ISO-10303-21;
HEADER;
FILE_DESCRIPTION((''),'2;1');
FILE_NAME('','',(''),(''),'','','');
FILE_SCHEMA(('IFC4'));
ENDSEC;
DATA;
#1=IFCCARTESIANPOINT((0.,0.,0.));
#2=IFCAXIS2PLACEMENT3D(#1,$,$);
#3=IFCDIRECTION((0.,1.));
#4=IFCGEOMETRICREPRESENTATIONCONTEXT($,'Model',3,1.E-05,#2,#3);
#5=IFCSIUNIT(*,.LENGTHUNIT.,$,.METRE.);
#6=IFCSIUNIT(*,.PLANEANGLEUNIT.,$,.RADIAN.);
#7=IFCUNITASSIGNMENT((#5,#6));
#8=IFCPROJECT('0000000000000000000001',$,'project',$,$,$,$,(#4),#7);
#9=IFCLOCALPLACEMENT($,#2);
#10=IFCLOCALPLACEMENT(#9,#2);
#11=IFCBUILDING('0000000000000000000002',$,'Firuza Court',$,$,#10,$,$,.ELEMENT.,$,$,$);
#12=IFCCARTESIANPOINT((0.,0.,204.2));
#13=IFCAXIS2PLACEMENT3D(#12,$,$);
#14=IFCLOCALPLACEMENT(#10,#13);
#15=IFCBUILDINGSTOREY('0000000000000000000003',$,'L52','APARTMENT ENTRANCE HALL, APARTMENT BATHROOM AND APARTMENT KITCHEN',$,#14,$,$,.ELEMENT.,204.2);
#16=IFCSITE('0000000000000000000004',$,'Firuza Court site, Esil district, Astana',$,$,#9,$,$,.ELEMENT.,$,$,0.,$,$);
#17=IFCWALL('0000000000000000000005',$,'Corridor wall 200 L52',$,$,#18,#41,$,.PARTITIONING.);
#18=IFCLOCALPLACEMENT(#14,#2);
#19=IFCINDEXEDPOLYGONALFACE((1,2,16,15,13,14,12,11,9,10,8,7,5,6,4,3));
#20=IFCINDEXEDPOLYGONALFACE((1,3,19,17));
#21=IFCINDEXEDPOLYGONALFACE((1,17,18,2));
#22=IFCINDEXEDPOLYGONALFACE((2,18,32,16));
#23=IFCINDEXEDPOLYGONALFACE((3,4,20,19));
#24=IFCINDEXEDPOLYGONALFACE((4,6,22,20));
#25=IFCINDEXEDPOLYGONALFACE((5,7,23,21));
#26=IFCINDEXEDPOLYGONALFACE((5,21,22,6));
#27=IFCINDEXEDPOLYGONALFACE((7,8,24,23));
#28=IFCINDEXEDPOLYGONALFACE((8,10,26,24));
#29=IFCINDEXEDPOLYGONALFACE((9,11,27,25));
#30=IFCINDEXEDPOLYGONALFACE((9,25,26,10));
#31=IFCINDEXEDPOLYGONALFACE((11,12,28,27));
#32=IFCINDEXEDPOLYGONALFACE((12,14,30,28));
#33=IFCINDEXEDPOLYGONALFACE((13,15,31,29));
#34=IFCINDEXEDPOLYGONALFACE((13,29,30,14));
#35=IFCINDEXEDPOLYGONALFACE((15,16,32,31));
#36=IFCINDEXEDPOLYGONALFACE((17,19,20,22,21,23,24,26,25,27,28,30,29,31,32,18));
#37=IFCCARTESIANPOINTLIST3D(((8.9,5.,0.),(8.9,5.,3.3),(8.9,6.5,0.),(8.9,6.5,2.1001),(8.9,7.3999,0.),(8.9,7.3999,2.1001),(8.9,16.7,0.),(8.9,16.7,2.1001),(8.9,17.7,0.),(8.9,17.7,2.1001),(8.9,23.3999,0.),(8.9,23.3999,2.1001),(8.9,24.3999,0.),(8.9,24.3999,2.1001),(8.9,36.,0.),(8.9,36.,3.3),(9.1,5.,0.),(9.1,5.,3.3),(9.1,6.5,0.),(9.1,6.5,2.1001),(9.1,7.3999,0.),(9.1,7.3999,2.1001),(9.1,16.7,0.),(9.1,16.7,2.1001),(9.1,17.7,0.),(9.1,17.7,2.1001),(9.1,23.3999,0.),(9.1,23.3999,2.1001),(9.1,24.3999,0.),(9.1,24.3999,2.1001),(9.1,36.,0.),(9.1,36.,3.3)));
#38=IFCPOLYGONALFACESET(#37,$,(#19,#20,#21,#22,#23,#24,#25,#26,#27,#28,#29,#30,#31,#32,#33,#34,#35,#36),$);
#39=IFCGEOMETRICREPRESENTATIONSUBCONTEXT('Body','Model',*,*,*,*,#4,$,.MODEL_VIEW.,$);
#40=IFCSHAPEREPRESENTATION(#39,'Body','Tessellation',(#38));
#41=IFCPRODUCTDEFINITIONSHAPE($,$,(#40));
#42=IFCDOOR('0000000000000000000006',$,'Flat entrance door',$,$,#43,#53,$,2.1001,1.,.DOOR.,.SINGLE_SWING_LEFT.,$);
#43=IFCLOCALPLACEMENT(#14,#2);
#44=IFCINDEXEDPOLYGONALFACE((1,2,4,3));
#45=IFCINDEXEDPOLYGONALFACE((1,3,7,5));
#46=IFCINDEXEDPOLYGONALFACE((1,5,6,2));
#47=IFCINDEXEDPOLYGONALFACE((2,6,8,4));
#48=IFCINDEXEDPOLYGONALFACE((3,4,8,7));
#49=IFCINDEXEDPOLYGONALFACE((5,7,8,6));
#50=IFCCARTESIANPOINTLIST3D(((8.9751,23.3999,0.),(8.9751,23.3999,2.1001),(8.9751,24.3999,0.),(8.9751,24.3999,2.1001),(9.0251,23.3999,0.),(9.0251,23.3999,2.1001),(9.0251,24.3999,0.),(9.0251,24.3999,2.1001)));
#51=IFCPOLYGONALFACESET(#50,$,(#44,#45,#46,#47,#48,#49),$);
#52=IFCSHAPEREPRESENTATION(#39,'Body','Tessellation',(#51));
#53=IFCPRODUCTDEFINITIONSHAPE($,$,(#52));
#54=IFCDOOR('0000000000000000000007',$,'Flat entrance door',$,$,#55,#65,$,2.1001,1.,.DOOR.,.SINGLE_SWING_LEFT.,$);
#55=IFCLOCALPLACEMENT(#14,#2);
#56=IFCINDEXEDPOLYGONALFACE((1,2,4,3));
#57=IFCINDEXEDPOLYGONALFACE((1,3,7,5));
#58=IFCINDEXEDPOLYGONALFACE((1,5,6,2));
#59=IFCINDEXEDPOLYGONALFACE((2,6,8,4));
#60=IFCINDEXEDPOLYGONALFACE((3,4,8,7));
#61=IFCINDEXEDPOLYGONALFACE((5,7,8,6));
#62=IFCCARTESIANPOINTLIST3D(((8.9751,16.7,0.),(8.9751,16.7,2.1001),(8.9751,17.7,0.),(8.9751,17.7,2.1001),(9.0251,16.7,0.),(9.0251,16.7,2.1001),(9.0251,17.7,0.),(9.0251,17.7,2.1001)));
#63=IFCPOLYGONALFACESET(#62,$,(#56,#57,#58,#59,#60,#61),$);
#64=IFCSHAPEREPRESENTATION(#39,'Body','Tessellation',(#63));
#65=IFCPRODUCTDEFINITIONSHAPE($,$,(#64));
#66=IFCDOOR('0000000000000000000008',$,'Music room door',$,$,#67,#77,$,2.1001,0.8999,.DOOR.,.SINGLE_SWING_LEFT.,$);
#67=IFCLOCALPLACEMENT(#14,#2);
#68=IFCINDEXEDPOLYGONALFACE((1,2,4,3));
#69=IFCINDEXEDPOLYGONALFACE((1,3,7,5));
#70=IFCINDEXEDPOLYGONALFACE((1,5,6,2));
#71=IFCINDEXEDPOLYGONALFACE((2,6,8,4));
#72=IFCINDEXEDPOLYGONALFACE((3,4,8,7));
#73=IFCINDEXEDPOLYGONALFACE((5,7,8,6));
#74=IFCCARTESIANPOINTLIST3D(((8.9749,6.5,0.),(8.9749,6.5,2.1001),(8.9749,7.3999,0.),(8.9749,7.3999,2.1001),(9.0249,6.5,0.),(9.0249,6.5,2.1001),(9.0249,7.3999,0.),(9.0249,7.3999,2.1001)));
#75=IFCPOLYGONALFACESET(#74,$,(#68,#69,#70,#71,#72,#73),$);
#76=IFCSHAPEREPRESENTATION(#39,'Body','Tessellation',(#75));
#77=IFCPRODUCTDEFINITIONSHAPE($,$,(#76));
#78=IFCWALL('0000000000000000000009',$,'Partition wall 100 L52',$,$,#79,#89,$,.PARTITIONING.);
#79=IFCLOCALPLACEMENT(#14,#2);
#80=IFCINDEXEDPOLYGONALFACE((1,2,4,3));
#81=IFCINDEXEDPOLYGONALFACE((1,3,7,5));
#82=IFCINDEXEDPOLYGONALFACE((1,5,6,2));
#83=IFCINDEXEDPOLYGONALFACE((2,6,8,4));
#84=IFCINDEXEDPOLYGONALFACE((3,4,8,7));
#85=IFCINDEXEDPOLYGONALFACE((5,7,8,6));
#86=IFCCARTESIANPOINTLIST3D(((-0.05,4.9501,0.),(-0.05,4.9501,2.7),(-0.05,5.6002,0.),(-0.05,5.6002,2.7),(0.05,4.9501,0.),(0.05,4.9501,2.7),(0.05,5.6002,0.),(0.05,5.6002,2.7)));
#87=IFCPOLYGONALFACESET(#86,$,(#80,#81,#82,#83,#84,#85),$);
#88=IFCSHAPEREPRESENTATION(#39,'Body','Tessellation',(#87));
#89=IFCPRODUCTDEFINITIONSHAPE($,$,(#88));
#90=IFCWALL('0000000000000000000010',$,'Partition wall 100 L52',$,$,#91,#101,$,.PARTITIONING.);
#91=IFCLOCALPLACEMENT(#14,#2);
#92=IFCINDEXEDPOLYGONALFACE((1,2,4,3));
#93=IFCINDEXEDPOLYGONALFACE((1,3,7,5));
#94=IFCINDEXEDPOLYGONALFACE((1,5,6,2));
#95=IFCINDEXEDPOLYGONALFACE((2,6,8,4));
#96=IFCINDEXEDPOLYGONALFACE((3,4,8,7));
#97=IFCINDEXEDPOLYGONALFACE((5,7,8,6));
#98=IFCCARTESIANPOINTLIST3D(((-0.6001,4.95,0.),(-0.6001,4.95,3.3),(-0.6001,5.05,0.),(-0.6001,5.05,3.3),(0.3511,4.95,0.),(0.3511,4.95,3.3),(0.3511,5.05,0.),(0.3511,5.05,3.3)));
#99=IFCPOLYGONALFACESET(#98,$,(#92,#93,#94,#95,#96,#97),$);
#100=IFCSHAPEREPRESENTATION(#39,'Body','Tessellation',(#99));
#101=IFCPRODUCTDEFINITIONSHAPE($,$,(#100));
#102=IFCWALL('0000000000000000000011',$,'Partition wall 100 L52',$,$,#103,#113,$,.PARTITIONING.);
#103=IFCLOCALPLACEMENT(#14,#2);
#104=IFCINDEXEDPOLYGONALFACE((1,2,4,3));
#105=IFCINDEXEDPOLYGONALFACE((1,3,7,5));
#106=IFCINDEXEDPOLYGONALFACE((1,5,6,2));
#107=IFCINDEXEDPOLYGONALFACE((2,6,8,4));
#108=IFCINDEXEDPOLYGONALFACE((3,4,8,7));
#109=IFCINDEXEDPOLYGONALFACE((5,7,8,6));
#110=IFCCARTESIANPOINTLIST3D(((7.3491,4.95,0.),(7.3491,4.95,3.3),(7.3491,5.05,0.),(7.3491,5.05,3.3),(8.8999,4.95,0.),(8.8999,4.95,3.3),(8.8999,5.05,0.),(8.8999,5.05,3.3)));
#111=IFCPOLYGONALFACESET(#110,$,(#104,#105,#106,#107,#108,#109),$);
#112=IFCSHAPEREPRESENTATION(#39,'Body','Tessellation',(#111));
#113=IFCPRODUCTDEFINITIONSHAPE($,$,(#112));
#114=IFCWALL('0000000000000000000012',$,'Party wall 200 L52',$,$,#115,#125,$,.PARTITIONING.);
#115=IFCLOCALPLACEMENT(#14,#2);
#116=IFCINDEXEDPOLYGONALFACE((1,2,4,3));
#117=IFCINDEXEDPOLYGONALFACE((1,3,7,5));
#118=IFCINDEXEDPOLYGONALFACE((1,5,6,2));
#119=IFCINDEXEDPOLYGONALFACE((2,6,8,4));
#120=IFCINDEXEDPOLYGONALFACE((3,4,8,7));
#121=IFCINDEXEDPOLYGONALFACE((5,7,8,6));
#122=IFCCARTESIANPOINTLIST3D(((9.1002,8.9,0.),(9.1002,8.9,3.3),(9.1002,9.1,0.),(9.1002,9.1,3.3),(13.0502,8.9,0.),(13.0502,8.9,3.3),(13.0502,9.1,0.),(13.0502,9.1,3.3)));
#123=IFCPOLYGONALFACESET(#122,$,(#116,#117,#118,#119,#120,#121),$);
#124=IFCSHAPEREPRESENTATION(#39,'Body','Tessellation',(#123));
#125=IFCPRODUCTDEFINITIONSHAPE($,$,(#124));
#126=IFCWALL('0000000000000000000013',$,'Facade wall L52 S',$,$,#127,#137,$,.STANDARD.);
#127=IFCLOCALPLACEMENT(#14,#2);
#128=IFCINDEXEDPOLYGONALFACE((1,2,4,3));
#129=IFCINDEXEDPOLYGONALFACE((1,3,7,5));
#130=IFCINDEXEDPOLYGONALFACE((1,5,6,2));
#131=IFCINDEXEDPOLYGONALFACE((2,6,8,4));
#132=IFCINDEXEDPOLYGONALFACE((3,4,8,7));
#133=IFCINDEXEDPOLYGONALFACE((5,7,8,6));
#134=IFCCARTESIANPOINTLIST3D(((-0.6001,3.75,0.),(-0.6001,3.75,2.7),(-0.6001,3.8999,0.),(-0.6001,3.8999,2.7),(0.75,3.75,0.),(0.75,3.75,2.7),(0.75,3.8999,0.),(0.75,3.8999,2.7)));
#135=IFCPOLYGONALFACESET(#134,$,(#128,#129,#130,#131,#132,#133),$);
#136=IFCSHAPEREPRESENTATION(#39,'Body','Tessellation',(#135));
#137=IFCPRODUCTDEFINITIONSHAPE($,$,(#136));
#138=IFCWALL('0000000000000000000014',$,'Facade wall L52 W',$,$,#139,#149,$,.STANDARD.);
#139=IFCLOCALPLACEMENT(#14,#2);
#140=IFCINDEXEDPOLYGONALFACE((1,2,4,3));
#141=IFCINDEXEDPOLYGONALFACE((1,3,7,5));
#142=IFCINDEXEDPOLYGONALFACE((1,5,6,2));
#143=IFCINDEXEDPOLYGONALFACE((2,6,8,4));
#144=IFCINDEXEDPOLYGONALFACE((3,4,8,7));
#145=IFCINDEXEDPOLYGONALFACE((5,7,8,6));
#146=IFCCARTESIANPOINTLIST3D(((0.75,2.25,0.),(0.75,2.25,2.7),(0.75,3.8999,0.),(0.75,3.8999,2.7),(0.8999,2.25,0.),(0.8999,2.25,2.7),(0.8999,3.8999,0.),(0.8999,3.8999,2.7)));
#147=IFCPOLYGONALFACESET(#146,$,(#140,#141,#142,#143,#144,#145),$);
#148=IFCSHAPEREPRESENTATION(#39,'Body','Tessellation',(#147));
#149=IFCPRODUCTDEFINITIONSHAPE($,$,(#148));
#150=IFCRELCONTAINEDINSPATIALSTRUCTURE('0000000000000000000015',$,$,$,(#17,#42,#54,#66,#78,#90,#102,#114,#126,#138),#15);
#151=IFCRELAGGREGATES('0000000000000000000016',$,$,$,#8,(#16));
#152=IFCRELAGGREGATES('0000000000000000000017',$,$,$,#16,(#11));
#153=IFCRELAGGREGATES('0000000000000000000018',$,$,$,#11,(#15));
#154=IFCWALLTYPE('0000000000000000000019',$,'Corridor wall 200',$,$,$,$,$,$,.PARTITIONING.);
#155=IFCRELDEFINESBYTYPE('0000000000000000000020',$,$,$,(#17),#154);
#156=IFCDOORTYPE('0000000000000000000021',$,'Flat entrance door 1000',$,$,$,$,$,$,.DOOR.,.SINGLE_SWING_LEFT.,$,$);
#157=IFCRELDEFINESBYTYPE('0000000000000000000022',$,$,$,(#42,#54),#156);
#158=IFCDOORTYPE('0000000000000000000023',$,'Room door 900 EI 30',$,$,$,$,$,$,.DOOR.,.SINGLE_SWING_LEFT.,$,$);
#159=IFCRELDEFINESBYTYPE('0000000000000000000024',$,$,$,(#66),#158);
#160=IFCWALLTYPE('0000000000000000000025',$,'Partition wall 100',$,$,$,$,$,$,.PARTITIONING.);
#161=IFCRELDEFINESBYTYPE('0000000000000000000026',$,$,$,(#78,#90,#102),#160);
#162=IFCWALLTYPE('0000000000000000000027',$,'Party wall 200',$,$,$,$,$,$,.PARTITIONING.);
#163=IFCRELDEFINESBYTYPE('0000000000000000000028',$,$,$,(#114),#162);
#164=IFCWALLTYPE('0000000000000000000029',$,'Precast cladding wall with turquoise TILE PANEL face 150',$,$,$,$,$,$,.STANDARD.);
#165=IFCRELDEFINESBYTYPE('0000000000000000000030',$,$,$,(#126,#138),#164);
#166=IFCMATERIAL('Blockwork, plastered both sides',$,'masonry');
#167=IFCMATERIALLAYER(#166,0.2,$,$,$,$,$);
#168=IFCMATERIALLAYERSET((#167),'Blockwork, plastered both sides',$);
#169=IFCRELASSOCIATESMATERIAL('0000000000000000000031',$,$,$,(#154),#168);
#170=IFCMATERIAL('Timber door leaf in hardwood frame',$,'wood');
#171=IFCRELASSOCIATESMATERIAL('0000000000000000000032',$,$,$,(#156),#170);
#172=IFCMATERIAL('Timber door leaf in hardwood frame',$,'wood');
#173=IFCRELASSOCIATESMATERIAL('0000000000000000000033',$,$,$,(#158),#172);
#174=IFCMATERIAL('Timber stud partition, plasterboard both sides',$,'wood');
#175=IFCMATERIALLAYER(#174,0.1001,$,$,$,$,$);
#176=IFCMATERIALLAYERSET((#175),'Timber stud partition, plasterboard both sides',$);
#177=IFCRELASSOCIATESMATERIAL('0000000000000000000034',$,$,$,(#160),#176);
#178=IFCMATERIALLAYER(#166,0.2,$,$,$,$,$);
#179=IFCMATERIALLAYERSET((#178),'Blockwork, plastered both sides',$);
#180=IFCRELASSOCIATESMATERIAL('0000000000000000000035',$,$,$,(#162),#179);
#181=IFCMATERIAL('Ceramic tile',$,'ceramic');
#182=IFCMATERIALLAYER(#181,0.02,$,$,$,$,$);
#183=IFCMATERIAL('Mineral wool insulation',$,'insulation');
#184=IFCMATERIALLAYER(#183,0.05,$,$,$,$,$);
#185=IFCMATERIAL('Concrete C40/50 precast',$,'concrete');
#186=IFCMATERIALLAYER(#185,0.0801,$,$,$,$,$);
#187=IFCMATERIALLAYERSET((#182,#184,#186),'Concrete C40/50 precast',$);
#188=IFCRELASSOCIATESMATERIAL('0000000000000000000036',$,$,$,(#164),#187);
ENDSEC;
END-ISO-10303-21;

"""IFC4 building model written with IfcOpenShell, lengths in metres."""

from ifc_helpers import new_model, si_unit, direction, frame, frame_2d, origin, place, context, subcontext, project, spatial, rectangle, extrude, material, layer, layer_set, type_object, element, fill, save


model = new_model("IFC4")

# Units and contexts
model_context = context("Model", 3, precision=1e-05, world=origin(), true_north=direction((0.0, 1.0)))
body_context = subcontext(model_context, "Body", "Model", "MODEL_VIEW")
ifc_project = project(units=[si_unit("LENGTHUNIT", "METRE"), si_unit("PLANEANGLEUNIT", "RADIAN")], contexts=[model_context])

# Site, building, storey
site_placement = place(None, origin())
site = spatial("IfcSite", under=ifc_project, at=site_placement, Name="Firuza Court site, Esil district, Astana", CompositionType="ELEMENT", RefElevation=0.0)
building_placement = place(site_placement, origin())
building = spatial("IfcBuilding", under=site, at=building_placement, Name="Firuza Court", CompositionType="ELEMENT")
storey_placement = place(building_placement, frame((0.0, 0.0, 204.2)))
storey = spatial("IfcBuildingStorey", under=building, at=storey_placement, Name="L52", Description="APARTMENT ENTRANCE HALL, APARTMENT BATHROOM AND APARTMENT KITCHEN", CompositionType="ELEMENT", Elevation=204.2)

# Wall, openings, doors
ifc_material_1 = material(Name="Blockwork, plastered both sides", Category="masonry")
ifc_layer_1 = layer(ifc_material_1, 0.2)
ifc_layer_set_1 = layer_set([ifc_layer_1], Name="Blockwork, plastered both sides")
wall_type_1 = type_object("IfcWallType", Name="Corridor wall 200", PredefinedType="PARTITIONING", material=ifc_layer_set_1)
wall_1_placement = place(storey_placement, frame((9.0, 5.0, 0.0), z_axis=(0.0, 0.0, 1.0), x_axis=(0.0, 1.0, 0.0)))
wall_1 = element("IfcWall", 1, at=wall_1_placement, inside=storey, type_object=wall_type_1, Name="Corridor wall 200 L52", PredefinedType="PARTITIONING", context=body_context, shape_type="SweptSolid", body=[
    extrude(rectangle(XDim=31.0, YDim=0.2, at=frame_2d((15.5, 0.0))), origin(), (0.0, 0.0, 1.0), 3.3),
])
opening_1_placement = place(wall_1_placement, frame((18.3999, 0.0, 0.0)))
opening_1 = element("IfcOpeningElement", 2, at=opening_1_placement, cuts=wall_1, PredefinedType="OPENING", context=body_context, shape_type="SweptSolid", body=[
    extrude(rectangle(XDim=1.0, YDim=2.1001, at=frame_2d((0.5, 1.05))), frame((0.0, 0.1118, 0.0), z_axis=(0.0, -1.0, 0.0), x_axis=(1.0, 0.0, 0.0)), (0.0, 0.0, 1.0), 0.2239),
])
opening_2_placement = place(wall_1_placement, frame((11.7, 0.0, 0.0)))
opening_2 = element("IfcOpeningElement", 3, at=opening_2_placement, cuts=wall_1, PredefinedType="OPENING", context=body_context, shape_type="SweptSolid", body=[
    extrude(rectangle(XDim=1.0, YDim=2.1001, at=frame_2d((0.5, 1.05))), frame((0.0, 0.1118, 0.0), z_axis=(0.0, -1.0, 0.0), x_axis=(1.0, 0.0, 0.0)), (0.0, 0.0, 1.0), 0.2239),
])
opening_3_placement = place(wall_1_placement, frame((1.5, 0.0, 0.0)))
opening_3 = element("IfcOpeningElement", 4, at=opening_3_placement, cuts=wall_1, PredefinedType="OPENING", context=body_context, shape_type="SweptSolid", body=[
    extrude(rectangle(XDim=0.8999, YDim=2.1001, at=frame_2d((0.45, 1.05))), frame((0.0, 0.1118, 0.0), z_axis=(0.0, -1.0, 0.0), x_axis=(1.0, 0.0, 0.0)), (0.0, 0.0, 1.0), 0.2239),
])
ifc_material_2 = material(Name="Timber door leaf in hardwood frame", Category="wood")
door_type_1 = type_object("IfcDoorType", Name="Flat entrance door 1000", OperationType="SINGLE_SWING_LEFT", PredefinedType="DOOR", material=ifc_material_2)
door_1_placement = place(opening_1_placement, origin())
door_1 = element("IfcDoor", 5, at=door_1_placement, inside=storey, type_object=door_type_1, Name="Flat entrance door", OperationType="SINGLE_SWING_LEFT", OverallHeight=2.1001, OverallWidth=1.0, PredefinedType="DOOR", context=body_context, shape_type="SweptSolid", body=[
    extrude(rectangle(XDim=1.0, YDim=2.1001, at=frame_2d((0.5, 1.05))), frame((0.0, 0.0249, 0.0), z_axis=(0.0, -1.0, 0.0), x_axis=(1.0, 0.0, 0.0)), (0.0, 0.0, 1.0), 0.05),
])
fill(opening_1, door_1)
door_2_placement = place(opening_2_placement, origin())
door_2 = element("IfcDoor", 6, at=door_2_placement, inside=storey, type_object=door_type_1, Name="Flat entrance door", OperationType="SINGLE_SWING_LEFT", OverallHeight=2.1001, OverallWidth=1.0, PredefinedType="DOOR", context=body_context, shape_type="SweptSolid", body=[
    extrude(rectangle(XDim=1.0, YDim=2.1001, at=frame_2d((0.5, 1.05))), frame((0.0, 0.0249, 0.0), z_axis=(0.0, -1.0, 0.0), x_axis=(1.0, 0.0, 0.0)), (0.0, 0.0, 1.0), 0.05),
])
fill(opening_2, door_2)
ifc_material_3 = material(Name="Timber door leaf in hardwood frame", Category="wood")
door_type_2 = type_object("IfcDoorType", Name="Room door 900 EI 30", OperationType="SINGLE_SWING_LEFT", PredefinedType="DOOR", material=ifc_material_3)
door_3_placement = place(opening_3_placement, frame((0.8999, 0.0, 0.0), z_axis=(0.0, 0.0, 1.0), x_axis=(-1.0, 0.0, 0.0)))
door_3 = element("IfcDoor", 7, at=door_3_placement, inside=storey, type_object=door_type_2, Name="Music room door", OperationType="SINGLE_SWING_LEFT", OverallHeight=2.1001, OverallWidth=0.8999, PredefinedType="DOOR", context=body_context, shape_type="SweptSolid", body=[
    extrude(rectangle(XDim=0.8999, YDim=2.1001, at=frame_2d((0.45, 1.05))), frame((0.0, 0.0249, 0.0), z_axis=(0.0, -1.0, 0.0), x_axis=(1.0, 0.0, 0.0)), (0.0, 0.0, 1.0), 0.05),
])
fill(opening_3, door_3)

# Walls
ifc_material_4 = material(Name="Timber stud partition, plasterboard both sides", Category="wood")
ifc_layer_2 = layer(ifc_material_4, 0.1001)
ifc_layer_set_2 = layer_set([ifc_layer_2], Name="Timber stud partition, plasterboard both sides")
wall_type_2 = type_object("IfcWallType", Name="Partition wall 100", PredefinedType="PARTITIONING", material=ifc_layer_set_2)
wall_2_placement = place(storey_placement, frame((0.0, 4.95, 0.0), z_axis=(0.0, 0.0, 1.0), x_axis=(0.0, 1.0, 0.0)))
element("IfcWall", 8, at=wall_2_placement, inside=storey, type_object=wall_type_2, Name="Partition wall 100 L52", PredefinedType="PARTITIONING", context=body_context, shape_type="SweptSolid", body=[
    extrude(rectangle(XDim=0.6501, YDim=0.1001, at=frame_2d((0.3252, 0.0))), origin(), (0.0, 0.0, 1.0), 2.7),
])
wall_3_placement = place(storey_placement, frame((-0.6001, 5.0, 0.0), z_axis=(0.0, 0.0, 1.0), x_axis=(1.0, 0.0, 0.0)))
element("IfcWall", 9, at=wall_3_placement, inside=storey, type_object=wall_type_2, Name="Partition wall 100 L52", PredefinedType="PARTITIONING", context=body_context, shape_type="SweptSolid", body=[
    extrude(rectangle(XDim=0.9512, YDim=0.1001, at=frame_2d((0.4756, 0.0))), origin(), (0.0, 0.0, 1.0), 3.3),
])
wall_4_placement = place(storey_placement, frame((7.3491, 5.0, 0.0), z_axis=(0.0, 0.0, 1.0), x_axis=(1.0, 0.0, 0.0)))
element("IfcWall", 10, at=wall_4_placement, inside=storey, type_object=wall_type_2, Name="Partition wall 100 L52", PredefinedType="PARTITIONING", context=body_context, shape_type="SweptSolid", body=[
    extrude(rectangle(XDim=1.5508, YDim=0.1001, at=frame_2d((0.7754, 0.0))), origin(), (0.0, 0.0, 1.0), 3.3),
])
ifc_layer_3 = layer(ifc_material_1, 0.2)
ifc_layer_set_3 = layer_set([ifc_layer_3], Name="Blockwork, plastered both sides")
wall_type_3 = type_object("IfcWallType", Name="Party wall 200", PredefinedType="PARTITIONING", material=ifc_layer_set_3)
wall_5_placement = place(storey_placement, frame((9.1001, 9.0, 0.0), z_axis=(0.0, 0.0, 1.0), x_axis=(1.0, 0.0, 0.0)))
element("IfcWall", 11, at=wall_5_placement, inside=storey, type_object=wall_type_3, Name="Party wall 200 L52", PredefinedType="PARTITIONING", context=body_context, shape_type="SweptSolid", body=[
    extrude(rectangle(XDim=3.95, YDim=0.2, at=frame_2d((1.9751, 0.0))), origin(), (0.0, 0.0, 1.0), 3.3),
])
ifc_material_5 = material(Name="Ceramic tile", Category="ceramic")
ifc_layer_4 = layer(ifc_material_5, 0.02)
ifc_material_6 = material(Name="Mineral wool insulation", Category="insulation")
ifc_layer_5 = layer(ifc_material_6, 0.05)
ifc_material_7 = material(Name="Concrete C40/50 precast", Category="concrete")
ifc_layer_6 = layer(ifc_material_7, 0.0801)
ifc_layer_set_4 = layer_set([ifc_layer_4, ifc_layer_5, ifc_layer_6], Name="Concrete C40/50 precast")
wall_type_4 = type_object("IfcWallType", Name="Precast cladding wall with turquoise TILE PANEL face 150", PredefinedType="STANDARD", material=ifc_layer_set_4)
wall_6_placement = place(storey_placement, frame((-0.6001, 3.825, 0.0), z_axis=(0.0, 0.0, 1.0), x_axis=(1.0, 0.0, 0.0)))
element("IfcWall", 12, at=wall_6_placement, inside=storey, type_object=wall_type_4, Name="Facade wall L52 S", PredefinedType="STANDARD", context=body_context, shape_type="SweptSolid", body=[
    extrude(rectangle(XDim=1.3501, YDim=0.1499, at=frame_2d((0.675, 0.0))), origin(), (0.0, 0.0, 1.0), 2.7),
])
wall_7_placement = place(storey_placement, frame((0.825, 3.8999, 0.0), z_axis=(0.0, 0.0, 1.0), x_axis=(0.0, -1.0, 0.0)))
element("IfcWall", 13, at=wall_7_placement, inside=storey, type_object=wall_type_4, Name="Facade wall L52 W", PredefinedType="STANDARD", context=body_context, shape_type="SweptSolid", body=[
    extrude(rectangle(XDim=1.6499, YDim=0.1499, at=frame_2d((0.825, 0.0))), origin(), (0.0, 0.0, 1.0), 2.7),
])

save(model, "model.ifc")
